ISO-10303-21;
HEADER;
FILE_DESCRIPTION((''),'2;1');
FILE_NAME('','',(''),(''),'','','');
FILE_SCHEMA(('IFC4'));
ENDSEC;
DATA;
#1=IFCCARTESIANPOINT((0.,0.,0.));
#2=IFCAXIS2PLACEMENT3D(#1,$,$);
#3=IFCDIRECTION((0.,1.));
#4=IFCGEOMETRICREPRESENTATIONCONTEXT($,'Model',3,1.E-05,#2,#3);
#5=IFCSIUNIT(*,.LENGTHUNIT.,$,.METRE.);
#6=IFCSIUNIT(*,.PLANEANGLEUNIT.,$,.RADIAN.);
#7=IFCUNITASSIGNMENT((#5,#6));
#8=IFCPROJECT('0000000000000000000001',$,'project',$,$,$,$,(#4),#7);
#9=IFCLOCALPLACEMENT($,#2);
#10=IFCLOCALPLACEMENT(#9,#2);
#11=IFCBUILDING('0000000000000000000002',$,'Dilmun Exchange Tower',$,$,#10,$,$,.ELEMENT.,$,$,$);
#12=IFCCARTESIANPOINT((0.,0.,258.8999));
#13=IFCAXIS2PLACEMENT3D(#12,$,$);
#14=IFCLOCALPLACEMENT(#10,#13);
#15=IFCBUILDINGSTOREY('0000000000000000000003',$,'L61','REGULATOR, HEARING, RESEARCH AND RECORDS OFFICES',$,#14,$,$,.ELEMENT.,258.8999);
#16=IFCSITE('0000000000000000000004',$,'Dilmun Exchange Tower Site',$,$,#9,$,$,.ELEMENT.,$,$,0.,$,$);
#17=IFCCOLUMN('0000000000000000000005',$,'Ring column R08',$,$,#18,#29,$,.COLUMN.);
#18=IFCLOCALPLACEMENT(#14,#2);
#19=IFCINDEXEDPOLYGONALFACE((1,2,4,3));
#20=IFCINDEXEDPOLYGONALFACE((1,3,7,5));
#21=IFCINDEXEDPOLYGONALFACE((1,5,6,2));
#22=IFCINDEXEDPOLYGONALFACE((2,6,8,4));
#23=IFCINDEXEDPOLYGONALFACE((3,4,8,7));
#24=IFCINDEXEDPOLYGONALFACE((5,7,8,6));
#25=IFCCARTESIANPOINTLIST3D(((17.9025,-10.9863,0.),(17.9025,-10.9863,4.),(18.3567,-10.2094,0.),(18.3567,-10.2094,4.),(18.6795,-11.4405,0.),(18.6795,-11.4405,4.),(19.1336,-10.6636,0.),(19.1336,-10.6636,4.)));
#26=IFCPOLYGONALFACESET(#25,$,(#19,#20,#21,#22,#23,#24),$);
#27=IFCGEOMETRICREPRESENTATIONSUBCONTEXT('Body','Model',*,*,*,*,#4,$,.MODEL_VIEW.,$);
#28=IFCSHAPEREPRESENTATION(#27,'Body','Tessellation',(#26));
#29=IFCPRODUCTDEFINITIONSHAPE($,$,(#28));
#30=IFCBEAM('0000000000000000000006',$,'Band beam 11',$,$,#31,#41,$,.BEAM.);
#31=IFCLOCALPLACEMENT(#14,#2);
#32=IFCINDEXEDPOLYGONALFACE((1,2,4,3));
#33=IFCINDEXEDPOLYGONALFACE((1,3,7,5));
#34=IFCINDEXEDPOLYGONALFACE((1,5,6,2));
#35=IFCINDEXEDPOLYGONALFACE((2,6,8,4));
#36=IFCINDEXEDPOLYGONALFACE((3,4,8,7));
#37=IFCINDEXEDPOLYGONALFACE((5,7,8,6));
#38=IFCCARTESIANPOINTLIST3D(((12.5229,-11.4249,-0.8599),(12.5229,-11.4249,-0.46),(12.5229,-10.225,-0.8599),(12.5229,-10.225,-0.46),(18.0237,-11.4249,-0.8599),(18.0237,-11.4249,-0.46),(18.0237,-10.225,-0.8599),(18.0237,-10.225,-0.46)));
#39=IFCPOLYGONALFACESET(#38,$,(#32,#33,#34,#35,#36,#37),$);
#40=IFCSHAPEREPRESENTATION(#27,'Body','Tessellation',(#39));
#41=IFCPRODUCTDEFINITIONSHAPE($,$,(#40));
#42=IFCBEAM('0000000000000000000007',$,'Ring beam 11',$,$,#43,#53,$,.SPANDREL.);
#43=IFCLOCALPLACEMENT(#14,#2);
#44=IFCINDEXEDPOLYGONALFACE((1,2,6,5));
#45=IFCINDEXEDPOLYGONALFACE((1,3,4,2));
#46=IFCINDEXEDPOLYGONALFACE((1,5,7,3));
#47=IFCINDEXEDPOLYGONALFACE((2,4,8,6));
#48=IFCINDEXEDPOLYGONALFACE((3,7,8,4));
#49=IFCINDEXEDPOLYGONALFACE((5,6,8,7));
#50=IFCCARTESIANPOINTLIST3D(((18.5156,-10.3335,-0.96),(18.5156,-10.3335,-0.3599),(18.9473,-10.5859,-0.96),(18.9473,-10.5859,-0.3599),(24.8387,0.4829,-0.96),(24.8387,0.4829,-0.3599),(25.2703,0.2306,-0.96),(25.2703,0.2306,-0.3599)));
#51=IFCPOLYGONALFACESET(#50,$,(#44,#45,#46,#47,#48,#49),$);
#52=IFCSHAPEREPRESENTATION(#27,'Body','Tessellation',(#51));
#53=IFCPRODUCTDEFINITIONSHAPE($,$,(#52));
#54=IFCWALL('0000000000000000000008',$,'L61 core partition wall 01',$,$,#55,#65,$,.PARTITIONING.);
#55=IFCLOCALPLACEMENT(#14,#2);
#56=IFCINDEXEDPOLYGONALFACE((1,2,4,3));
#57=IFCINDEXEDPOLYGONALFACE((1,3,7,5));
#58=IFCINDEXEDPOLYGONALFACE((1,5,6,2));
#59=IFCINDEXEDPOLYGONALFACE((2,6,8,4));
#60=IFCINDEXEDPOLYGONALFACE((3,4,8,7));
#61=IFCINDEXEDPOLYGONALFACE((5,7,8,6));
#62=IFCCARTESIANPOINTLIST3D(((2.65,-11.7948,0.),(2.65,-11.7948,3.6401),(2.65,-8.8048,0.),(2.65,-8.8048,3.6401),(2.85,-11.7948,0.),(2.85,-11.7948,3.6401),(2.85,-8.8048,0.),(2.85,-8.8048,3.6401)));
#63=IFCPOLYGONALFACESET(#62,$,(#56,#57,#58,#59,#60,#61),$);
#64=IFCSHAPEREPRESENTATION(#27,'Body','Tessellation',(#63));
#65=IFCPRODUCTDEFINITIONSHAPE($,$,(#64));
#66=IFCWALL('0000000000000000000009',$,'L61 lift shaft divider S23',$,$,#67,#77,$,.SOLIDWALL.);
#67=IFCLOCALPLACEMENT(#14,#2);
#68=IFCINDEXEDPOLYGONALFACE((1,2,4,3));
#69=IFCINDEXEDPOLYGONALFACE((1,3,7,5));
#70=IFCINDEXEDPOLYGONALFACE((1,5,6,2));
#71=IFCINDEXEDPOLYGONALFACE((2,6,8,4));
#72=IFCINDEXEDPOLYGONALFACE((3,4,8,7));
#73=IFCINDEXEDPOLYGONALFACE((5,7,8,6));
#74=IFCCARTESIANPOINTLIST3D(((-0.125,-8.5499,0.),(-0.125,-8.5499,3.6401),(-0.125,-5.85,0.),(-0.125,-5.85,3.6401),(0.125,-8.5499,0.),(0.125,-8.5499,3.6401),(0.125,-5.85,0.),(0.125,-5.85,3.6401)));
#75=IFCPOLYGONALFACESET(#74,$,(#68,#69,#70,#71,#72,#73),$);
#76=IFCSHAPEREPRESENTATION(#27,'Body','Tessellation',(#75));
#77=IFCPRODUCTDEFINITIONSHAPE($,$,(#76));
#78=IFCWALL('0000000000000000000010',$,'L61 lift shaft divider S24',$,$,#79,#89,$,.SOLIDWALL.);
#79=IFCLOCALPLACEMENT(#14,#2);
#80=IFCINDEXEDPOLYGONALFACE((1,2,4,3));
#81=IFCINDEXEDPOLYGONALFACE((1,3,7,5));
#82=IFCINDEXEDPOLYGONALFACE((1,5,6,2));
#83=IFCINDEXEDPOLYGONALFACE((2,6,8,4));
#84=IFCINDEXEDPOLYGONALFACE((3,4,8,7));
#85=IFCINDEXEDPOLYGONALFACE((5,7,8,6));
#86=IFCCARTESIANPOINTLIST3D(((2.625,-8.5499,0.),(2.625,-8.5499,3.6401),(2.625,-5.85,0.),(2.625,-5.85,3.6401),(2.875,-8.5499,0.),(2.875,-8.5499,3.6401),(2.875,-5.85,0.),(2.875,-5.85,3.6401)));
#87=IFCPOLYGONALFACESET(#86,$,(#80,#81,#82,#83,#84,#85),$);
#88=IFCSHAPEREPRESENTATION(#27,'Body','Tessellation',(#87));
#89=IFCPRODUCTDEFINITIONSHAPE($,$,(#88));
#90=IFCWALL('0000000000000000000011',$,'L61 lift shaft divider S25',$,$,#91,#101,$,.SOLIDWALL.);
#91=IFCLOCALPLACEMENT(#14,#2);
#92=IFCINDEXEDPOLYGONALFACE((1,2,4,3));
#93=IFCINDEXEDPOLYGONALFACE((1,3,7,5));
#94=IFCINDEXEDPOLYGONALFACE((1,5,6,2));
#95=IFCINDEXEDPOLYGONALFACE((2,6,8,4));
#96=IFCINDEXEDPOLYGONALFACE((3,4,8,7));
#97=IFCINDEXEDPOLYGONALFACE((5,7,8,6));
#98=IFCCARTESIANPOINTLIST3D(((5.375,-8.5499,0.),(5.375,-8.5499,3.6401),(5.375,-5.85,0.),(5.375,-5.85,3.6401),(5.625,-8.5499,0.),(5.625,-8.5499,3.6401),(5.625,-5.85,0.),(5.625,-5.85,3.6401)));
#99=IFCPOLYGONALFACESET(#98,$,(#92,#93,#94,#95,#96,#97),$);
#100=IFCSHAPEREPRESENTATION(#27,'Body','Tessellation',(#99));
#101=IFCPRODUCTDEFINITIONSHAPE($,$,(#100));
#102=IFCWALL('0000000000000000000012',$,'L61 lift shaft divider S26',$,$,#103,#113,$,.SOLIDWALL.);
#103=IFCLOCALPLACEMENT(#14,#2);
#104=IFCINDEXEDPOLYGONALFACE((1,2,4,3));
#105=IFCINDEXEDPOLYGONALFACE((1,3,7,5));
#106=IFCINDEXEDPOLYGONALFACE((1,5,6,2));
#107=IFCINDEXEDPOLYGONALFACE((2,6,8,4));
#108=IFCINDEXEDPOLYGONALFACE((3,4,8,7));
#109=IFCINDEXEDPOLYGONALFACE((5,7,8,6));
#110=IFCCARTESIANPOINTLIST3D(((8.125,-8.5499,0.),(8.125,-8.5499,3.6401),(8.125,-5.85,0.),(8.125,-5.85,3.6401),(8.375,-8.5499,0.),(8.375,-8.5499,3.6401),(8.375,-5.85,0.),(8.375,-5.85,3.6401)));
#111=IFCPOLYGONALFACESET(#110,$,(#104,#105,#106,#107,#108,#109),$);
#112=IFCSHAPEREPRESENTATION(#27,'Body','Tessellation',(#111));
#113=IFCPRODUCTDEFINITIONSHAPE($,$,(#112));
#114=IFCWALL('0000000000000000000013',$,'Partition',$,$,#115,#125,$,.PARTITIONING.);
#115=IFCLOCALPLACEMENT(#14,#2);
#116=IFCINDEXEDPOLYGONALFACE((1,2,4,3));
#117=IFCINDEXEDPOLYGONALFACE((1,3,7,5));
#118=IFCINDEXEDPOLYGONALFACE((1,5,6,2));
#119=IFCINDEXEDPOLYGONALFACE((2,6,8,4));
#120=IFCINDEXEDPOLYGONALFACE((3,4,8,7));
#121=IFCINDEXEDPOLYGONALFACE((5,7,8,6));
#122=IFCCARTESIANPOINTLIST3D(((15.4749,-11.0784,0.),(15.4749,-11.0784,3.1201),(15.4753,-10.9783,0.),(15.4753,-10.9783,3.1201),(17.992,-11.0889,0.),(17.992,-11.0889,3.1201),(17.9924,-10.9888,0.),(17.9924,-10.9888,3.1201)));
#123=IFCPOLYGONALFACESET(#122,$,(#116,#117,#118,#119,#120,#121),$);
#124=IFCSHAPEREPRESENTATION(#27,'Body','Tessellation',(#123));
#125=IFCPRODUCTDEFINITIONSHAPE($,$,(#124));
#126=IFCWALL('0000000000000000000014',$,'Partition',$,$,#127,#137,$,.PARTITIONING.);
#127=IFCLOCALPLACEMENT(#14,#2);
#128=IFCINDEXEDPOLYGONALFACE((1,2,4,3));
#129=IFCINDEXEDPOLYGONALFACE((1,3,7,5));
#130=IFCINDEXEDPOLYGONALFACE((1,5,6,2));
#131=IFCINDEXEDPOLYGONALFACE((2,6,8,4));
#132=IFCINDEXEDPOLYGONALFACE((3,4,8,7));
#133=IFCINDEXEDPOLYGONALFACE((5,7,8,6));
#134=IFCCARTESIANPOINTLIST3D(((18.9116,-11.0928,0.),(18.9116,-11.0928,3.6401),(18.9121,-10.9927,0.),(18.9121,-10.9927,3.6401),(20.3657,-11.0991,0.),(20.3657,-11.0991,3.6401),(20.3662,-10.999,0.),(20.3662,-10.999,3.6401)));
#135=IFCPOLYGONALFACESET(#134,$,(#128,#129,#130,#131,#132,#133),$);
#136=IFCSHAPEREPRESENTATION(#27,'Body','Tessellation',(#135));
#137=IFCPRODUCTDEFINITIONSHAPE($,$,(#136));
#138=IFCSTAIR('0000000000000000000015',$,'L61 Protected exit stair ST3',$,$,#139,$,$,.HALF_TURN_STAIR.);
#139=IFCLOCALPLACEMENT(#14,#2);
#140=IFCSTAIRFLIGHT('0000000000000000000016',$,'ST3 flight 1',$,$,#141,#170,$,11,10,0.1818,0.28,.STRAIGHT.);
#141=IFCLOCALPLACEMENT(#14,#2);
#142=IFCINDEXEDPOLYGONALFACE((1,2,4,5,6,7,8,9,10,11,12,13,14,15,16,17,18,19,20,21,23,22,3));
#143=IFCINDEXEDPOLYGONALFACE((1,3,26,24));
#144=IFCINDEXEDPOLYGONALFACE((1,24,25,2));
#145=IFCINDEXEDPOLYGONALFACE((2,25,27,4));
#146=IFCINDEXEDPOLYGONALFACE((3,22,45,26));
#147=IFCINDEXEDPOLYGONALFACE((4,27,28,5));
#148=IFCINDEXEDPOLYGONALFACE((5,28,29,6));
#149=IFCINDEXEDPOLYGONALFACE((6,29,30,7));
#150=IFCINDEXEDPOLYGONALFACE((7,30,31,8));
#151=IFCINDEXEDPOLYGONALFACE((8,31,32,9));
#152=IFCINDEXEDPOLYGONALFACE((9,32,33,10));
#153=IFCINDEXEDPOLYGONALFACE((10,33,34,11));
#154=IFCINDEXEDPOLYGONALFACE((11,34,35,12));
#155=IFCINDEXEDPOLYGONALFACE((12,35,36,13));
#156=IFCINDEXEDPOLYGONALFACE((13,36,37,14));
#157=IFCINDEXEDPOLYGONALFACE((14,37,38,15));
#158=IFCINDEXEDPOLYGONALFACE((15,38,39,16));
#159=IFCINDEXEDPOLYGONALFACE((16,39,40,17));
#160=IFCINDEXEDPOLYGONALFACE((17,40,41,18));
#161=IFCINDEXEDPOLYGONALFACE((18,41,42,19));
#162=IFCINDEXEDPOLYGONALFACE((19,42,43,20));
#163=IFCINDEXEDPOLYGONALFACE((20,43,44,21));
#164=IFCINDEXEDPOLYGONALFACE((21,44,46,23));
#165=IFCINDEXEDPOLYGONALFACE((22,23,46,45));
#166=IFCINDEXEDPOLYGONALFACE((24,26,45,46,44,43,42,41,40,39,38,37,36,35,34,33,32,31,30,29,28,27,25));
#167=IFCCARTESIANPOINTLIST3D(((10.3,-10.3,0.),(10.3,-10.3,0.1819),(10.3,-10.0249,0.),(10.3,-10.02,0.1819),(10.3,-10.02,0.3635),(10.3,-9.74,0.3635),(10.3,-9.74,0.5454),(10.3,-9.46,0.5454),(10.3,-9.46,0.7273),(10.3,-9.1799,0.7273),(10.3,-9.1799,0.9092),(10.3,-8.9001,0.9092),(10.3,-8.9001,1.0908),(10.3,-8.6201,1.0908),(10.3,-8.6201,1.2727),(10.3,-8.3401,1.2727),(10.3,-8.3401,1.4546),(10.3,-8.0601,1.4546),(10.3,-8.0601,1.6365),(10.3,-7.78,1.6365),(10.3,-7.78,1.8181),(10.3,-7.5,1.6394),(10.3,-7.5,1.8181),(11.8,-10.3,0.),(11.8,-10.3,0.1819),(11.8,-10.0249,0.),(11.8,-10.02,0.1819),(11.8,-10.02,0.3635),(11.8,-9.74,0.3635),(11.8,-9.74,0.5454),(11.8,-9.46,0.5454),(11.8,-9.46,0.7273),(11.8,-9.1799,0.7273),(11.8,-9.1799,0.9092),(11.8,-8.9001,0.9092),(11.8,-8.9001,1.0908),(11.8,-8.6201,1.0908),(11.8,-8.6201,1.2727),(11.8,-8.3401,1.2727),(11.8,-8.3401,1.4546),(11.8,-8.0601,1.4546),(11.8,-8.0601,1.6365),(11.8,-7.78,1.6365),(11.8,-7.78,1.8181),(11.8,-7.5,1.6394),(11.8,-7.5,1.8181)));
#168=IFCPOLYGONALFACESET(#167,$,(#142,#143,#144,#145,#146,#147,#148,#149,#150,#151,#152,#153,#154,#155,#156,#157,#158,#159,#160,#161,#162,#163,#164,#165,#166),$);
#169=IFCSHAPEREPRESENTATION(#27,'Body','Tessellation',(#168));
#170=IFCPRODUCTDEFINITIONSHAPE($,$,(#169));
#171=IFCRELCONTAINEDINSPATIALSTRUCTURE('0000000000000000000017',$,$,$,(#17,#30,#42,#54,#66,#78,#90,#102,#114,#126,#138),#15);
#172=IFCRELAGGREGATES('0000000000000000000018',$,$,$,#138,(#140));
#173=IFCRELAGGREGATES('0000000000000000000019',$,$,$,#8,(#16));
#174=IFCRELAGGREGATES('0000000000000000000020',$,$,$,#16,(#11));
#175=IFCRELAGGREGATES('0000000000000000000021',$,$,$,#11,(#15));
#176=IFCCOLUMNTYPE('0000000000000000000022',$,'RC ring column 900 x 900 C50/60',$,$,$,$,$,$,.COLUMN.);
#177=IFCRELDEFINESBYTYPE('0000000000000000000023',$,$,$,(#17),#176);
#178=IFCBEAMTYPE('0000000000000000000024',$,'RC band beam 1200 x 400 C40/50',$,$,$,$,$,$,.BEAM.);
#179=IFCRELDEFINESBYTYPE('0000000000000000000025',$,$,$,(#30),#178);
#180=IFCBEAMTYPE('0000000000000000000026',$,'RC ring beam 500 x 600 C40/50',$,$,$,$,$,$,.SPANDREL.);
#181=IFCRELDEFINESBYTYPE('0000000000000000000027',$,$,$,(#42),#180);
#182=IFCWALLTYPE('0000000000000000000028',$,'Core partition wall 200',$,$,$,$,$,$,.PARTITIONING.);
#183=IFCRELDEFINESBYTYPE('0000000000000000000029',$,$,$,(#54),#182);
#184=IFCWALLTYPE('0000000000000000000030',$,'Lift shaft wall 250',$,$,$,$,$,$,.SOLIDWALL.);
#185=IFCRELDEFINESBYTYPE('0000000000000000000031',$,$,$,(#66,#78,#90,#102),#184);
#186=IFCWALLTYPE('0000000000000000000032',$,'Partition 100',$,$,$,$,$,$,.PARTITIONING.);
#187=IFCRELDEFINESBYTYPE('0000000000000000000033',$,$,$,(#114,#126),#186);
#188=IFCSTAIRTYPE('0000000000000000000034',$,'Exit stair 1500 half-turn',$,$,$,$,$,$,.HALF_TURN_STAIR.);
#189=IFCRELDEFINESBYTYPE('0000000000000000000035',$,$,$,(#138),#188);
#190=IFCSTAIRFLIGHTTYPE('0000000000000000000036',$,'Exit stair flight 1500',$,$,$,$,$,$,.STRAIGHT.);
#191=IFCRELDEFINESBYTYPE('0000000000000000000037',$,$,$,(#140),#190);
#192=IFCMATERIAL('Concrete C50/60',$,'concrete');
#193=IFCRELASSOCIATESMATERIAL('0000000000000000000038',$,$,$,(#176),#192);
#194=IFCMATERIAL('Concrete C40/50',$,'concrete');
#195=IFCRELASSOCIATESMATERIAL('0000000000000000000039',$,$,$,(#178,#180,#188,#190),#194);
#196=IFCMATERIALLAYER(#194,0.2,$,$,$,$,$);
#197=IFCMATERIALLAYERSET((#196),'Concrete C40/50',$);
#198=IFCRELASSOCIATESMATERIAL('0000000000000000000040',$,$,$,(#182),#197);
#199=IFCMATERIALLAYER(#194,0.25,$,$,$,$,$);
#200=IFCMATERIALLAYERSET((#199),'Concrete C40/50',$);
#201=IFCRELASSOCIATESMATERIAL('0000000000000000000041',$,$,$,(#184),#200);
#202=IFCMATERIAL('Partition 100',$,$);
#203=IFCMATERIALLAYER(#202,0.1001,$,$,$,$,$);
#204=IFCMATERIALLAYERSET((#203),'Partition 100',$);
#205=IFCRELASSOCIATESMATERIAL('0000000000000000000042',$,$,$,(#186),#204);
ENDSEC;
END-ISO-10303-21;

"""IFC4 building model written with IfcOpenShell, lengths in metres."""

from ifc_helpers import new_model, si_unit, direction, frame, frame_2d, origin, origin_2d, place, context, subcontext, project, spatial, polyline, rectangle, outline, extrude, material, layer, layer_set, material_profile, profile_set, type_object, element, aggregate, save


model = new_model("IFC4")

# Units and contexts
model_context = context("Model", 3, precision=1e-05, world=origin(), true_north=direction((0.0, 1.0)))
body_context = subcontext(model_context, "Body", "Model", "MODEL_VIEW")
ifc_project = project(units=[si_unit("LENGTHUNIT", "METRE"), si_unit("PLANEANGLEUNIT", "RADIAN")], contexts=[model_context])

# Site, building, storey
site_placement = place(None, origin())
site = spatial("IfcSite", under=ifc_project, at=site_placement, Name="Dilmun Exchange Tower Site", CompositionType="ELEMENT", RefElevation=0.0)
building_placement = place(site_placement, origin())
building = spatial("IfcBuilding", under=site, at=building_placement, Name="Dilmun Exchange Tower", CompositionType="ELEMENT")
storey_placement = place(building_placement, frame((0.0, 0.0, 258.8999)))
storey = spatial("IfcBuildingStorey", under=building, at=storey_placement, Name="L61", Description="REGULATOR, HEARING, RESEARCH AND RECORDS OFFICES", CompositionType="ELEMENT", Elevation=258.8999)

# Column
ifc_material_1 = material(Name="Concrete C50/60", Category="concrete")
ifc_material_profile_1 = material_profile(ifc_material_1, rectangle(XDim=0.8999, YDim=0.8999, at=origin_2d()), Name="900 x 900")
ifc_profile_set_1 = profile_set([ifc_material_profile_1], Name="Concrete C50/60")
column_type = type_object("IfcColumnType", Name="RC ring column 900 x 900 C50/60", PredefinedType="COLUMN", material=ifc_profile_set_1)
column_placement = place(storey_placement, frame((18.5181, -10.825, 0.0), z_axis=(0.0, 0.0, 1.0), x_axis=(0.504644, 0.863328, 0.0)))
element("IfcColumn", 1, at=column_placement, inside=storey, type_object=column_type, Name="Ring column R08", PredefinedType="COLUMN", context=body_context, shape_type="SweptSolid", body=[
    extrude(rectangle(XDim=0.8999, YDim=0.8999, at=origin_2d()), origin(), (0.0, 0.0, 1.0), 4.0),
])

# Beams
ifc_material_2 = material(Name="Concrete C40/50", Category="concrete")
ifc_material_profile_2 = material_profile(ifc_material_2, rectangle(XDim=1.2, YDim=0.3999, at=origin_2d()), Name="1200 x 400")
ifc_profile_set_2 = profile_set([ifc_material_profile_2], Name="Concrete C40/50")
beam_type_1 = type_object("IfcBeamType", Name="RC band beam 1200 x 400 C40/50", PredefinedType="BEAM", material=ifc_profile_set_2)
beam_1_placement = place(storey_placement, frame((18.0237, -10.825, -0.6599), z_axis=(-1.0, 0.0, 0.0), x_axis=(0.0, -1.0, 0.0)))
element("IfcBeam", 2, at=beam_1_placement, inside=storey, type_object=beam_type_1, Name="Band beam 11", PredefinedType="BEAM", context=body_context, shape_type="SweptSolid", body=[
    extrude(rectangle(XDim=1.2, YDim=0.3999, at=origin_2d()), origin(), (0.0, 0.0, 1.0), 5.5007),
])
ifc_material_profile_3 = material_profile(ifc_material_2, rectangle(XDim=0.5, YDim=0.6001, at=origin_2d()), Name="500 x 600")
ifc_profile_set_3 = profile_set([ifc_material_profile_3], Name="Concrete C40/50")
beam_type_2 = type_object("IfcBeamType", Name="RC ring beam 500 x 600 C40/50", PredefinedType="SPANDREL", material=ifc_profile_set_3)
beam_2_placement = place(storey_placement, frame((18.7314, -10.4597, -0.6599), z_axis=(0.50467, 0.863312, 0.0), x_axis=(-0.863312, 0.50467, 0.0)))
element("IfcBeam", 3, at=beam_2_placement, inside=storey, type_object=beam_type_2, Name="Ring beam 11", PredefinedType="SPANDREL", context=body_context, shape_type="SweptSolid", body=[
    extrude(rectangle(XDim=0.5, YDim=0.6001, at=origin_2d()), origin(), (0.0, 0.0, 1.0), 12.5291),
])

# Wall
ifc_layer_1 = layer(ifc_material_2, 0.2)
ifc_layer_set_1 = layer_set([ifc_layer_1], Name="Concrete C40/50")
wall_type_1 = type_object("IfcWallType", Name="Core partition wall 200", PredefinedType="PARTITIONING", material=ifc_layer_set_1)
wall_1_placement = place(storey_placement, frame((2.75, -11.7949, 0.0), z_axis=(0.0, 0.0, 1.0), x_axis=(0.0, 1.0, 0.0)))
element("IfcWall", 4, at=wall_1_placement, inside=storey, type_object=wall_type_1, Name="L61 core partition wall 01", PredefinedType="PARTITIONING", context=body_context, shape_type="SweptSolid", body=[
    extrude(rectangle(XDim=2.99, YDim=0.2, at=frame_2d((1.4951, 0.0))), origin(), (0.0, 0.0, 1.0), 3.6401),
])

# Walls
ifc_layer_2 = layer(ifc_material_2, 0.25)
ifc_layer_set_2 = layer_set([ifc_layer_2], Name="Concrete C40/50")
wall_type_2 = type_object("IfcWallType", Name="Lift shaft wall 250", PredefinedType="SOLIDWALL", material=ifc_layer_set_2)
for number, where, z_axis, x_axis, name in (
    (5, (0.0, -8.55, 0.0), (0.0, 0.0, 1.0), (0.0, 1.0, 0.0), "L61 lift shaft divider S23"),
    (6, (2.75, -8.55, 0.0), (0.0, 0.0, 1.0), (0.0, 1.0, 0.0), "L61 lift shaft divider S24"),
    (7, (5.5, -8.55, 0.0), (0.0, 0.0, 1.0), (0.0, 1.0, 0.0), "L61 lift shaft divider S25"),
    (8, (8.25, -8.55, 0.0), (0.0, 0.0, 1.0), (0.0, 1.0, 0.0), "L61 lift shaft divider S26"),
):
    element("IfcWall", number, at=place(storey_placement, frame(where, z_axis=z_axis, x_axis=x_axis)), inside=storey, type_object=wall_type_2, Name=name, PredefinedType="SOLIDWALL", context=body_context, shape_type="SweptSolid", body=[
        extrude(rectangle(XDim=2.7, YDim=0.25, at=frame_2d((1.3501, 0.0))), origin(), (0.0, 0.0, 1.0), 3.6401),
    ])
ifc_material_3 = material(Name="Partition 100")
ifc_layer_3 = layer(ifc_material_3, 0.1001)
ifc_layer_set_3 = layer_set([ifc_layer_3], Name="Partition 100")
wall_type_3 = type_object("IfcWallType", Name="Partition 100", PredefinedType="PARTITIONING", material=ifc_layer_set_3)
wall_2_placement = place(storey_placement, frame((15.4751, -11.0283, 0.0), z_axis=(0.0, 0.0, 1.0), x_axis=(0.999991, -0.004171, 0.0)))
element("IfcWall", 9, at=wall_2_placement, inside=storey, type_object=wall_type_3, Name="Partition", PredefinedType="PARTITIONING", context=body_context, shape_type="SweptSolid", body=[
    extrude(rectangle(XDim=2.5171, YDim=0.1001, at=frame_2d((1.2585, 0.0))), origin(), (0.0, 0.0, 1.0), 3.1201),
])
wall_3_placement = place(storey_placement, frame((18.9119, -11.0427, 0.0), z_axis=(0.0, 0.0, 1.0), x_axis=(0.99999, -0.004365, 0.0)))
element("IfcWall", 10, at=wall_3_placement, inside=storey, type_object=wall_type_3, Name="Partition", PredefinedType="PARTITIONING", context=body_context, shape_type="SweptSolid", body=[
    extrude(rectangle(XDim=1.4541, YDim=0.1001, at=frame_2d((0.7271, 0.0))), origin(), (0.0, 0.0, 1.0), 3.6401),
])

# Stair, stair flight
stair_type = type_object("IfcStairType", Name="Exit stair 1500 half-turn", PredefinedType="HALF_TURN_STAIR", material=ifc_material_2)
stair_placement = place(storey_placement, origin())
stair = element("IfcStair", 11, at=stair_placement, inside=storey, type_object=stair_type, Name="L61 Protected exit stair ST3", PredefinedType="HALF_TURN_STAIR")
stair_flight_type = type_object("IfcStairFlightType", Name="Exit stair flight 1500", PredefinedType="STRAIGHT", material=ifc_material_2)
stair_flight_placement = place(storey_placement, frame((11.05, -10.3, 0.0), z_axis=(0.0, 0.0, 1.0), x_axis=(0.0, 1.0, 0.0)))
stair_flight = element("IfcStairFlight", 12, at=stair_flight_placement, type_object=stair_flight_type, Name="ST3 flight 1", NumberOfRisers=11, NumberOfTreads=10, PredefinedType="STRAIGHT", RiserHeight=0.1818, TreadLength=0.28, context=body_context, shape_type="SweptSolid", body=[
    extrude(outline(polyline([(0.0, 0.0), (0.0, 0.1819), (0.28, 0.1819), (0.28, 0.3635), (0.5601, 0.3635), (0.5601, 0.5454), (0.8401, 0.5454), (0.8401, 0.7273), (1.1201, 0.7273), (1.1201, 0.9092), (1.3999, 0.9092), (1.3999, 1.0908), (1.6799, 1.0908), (1.6799, 1.2727), (1.96, 1.2727), (1.96, 1.4546), (2.24, 1.4546), (2.24, 1.6365), (2.52, 1.6365), (2.52, 1.8181), (2.8, 1.8181), (2.8, 2.0), (2.8, 1.6394), (0.2751, 0.0), (0.0, 0.0)])), frame((0.0, 0.75, 0.0), z_axis=(0.0, -1.0, 0.0), x_axis=(1.0, 0.0, 0.0)), (0.0, 0.0, 1.0), 1.5),
])
aggregate(stair, [stair_flight])

save(model, "model.ifc")
